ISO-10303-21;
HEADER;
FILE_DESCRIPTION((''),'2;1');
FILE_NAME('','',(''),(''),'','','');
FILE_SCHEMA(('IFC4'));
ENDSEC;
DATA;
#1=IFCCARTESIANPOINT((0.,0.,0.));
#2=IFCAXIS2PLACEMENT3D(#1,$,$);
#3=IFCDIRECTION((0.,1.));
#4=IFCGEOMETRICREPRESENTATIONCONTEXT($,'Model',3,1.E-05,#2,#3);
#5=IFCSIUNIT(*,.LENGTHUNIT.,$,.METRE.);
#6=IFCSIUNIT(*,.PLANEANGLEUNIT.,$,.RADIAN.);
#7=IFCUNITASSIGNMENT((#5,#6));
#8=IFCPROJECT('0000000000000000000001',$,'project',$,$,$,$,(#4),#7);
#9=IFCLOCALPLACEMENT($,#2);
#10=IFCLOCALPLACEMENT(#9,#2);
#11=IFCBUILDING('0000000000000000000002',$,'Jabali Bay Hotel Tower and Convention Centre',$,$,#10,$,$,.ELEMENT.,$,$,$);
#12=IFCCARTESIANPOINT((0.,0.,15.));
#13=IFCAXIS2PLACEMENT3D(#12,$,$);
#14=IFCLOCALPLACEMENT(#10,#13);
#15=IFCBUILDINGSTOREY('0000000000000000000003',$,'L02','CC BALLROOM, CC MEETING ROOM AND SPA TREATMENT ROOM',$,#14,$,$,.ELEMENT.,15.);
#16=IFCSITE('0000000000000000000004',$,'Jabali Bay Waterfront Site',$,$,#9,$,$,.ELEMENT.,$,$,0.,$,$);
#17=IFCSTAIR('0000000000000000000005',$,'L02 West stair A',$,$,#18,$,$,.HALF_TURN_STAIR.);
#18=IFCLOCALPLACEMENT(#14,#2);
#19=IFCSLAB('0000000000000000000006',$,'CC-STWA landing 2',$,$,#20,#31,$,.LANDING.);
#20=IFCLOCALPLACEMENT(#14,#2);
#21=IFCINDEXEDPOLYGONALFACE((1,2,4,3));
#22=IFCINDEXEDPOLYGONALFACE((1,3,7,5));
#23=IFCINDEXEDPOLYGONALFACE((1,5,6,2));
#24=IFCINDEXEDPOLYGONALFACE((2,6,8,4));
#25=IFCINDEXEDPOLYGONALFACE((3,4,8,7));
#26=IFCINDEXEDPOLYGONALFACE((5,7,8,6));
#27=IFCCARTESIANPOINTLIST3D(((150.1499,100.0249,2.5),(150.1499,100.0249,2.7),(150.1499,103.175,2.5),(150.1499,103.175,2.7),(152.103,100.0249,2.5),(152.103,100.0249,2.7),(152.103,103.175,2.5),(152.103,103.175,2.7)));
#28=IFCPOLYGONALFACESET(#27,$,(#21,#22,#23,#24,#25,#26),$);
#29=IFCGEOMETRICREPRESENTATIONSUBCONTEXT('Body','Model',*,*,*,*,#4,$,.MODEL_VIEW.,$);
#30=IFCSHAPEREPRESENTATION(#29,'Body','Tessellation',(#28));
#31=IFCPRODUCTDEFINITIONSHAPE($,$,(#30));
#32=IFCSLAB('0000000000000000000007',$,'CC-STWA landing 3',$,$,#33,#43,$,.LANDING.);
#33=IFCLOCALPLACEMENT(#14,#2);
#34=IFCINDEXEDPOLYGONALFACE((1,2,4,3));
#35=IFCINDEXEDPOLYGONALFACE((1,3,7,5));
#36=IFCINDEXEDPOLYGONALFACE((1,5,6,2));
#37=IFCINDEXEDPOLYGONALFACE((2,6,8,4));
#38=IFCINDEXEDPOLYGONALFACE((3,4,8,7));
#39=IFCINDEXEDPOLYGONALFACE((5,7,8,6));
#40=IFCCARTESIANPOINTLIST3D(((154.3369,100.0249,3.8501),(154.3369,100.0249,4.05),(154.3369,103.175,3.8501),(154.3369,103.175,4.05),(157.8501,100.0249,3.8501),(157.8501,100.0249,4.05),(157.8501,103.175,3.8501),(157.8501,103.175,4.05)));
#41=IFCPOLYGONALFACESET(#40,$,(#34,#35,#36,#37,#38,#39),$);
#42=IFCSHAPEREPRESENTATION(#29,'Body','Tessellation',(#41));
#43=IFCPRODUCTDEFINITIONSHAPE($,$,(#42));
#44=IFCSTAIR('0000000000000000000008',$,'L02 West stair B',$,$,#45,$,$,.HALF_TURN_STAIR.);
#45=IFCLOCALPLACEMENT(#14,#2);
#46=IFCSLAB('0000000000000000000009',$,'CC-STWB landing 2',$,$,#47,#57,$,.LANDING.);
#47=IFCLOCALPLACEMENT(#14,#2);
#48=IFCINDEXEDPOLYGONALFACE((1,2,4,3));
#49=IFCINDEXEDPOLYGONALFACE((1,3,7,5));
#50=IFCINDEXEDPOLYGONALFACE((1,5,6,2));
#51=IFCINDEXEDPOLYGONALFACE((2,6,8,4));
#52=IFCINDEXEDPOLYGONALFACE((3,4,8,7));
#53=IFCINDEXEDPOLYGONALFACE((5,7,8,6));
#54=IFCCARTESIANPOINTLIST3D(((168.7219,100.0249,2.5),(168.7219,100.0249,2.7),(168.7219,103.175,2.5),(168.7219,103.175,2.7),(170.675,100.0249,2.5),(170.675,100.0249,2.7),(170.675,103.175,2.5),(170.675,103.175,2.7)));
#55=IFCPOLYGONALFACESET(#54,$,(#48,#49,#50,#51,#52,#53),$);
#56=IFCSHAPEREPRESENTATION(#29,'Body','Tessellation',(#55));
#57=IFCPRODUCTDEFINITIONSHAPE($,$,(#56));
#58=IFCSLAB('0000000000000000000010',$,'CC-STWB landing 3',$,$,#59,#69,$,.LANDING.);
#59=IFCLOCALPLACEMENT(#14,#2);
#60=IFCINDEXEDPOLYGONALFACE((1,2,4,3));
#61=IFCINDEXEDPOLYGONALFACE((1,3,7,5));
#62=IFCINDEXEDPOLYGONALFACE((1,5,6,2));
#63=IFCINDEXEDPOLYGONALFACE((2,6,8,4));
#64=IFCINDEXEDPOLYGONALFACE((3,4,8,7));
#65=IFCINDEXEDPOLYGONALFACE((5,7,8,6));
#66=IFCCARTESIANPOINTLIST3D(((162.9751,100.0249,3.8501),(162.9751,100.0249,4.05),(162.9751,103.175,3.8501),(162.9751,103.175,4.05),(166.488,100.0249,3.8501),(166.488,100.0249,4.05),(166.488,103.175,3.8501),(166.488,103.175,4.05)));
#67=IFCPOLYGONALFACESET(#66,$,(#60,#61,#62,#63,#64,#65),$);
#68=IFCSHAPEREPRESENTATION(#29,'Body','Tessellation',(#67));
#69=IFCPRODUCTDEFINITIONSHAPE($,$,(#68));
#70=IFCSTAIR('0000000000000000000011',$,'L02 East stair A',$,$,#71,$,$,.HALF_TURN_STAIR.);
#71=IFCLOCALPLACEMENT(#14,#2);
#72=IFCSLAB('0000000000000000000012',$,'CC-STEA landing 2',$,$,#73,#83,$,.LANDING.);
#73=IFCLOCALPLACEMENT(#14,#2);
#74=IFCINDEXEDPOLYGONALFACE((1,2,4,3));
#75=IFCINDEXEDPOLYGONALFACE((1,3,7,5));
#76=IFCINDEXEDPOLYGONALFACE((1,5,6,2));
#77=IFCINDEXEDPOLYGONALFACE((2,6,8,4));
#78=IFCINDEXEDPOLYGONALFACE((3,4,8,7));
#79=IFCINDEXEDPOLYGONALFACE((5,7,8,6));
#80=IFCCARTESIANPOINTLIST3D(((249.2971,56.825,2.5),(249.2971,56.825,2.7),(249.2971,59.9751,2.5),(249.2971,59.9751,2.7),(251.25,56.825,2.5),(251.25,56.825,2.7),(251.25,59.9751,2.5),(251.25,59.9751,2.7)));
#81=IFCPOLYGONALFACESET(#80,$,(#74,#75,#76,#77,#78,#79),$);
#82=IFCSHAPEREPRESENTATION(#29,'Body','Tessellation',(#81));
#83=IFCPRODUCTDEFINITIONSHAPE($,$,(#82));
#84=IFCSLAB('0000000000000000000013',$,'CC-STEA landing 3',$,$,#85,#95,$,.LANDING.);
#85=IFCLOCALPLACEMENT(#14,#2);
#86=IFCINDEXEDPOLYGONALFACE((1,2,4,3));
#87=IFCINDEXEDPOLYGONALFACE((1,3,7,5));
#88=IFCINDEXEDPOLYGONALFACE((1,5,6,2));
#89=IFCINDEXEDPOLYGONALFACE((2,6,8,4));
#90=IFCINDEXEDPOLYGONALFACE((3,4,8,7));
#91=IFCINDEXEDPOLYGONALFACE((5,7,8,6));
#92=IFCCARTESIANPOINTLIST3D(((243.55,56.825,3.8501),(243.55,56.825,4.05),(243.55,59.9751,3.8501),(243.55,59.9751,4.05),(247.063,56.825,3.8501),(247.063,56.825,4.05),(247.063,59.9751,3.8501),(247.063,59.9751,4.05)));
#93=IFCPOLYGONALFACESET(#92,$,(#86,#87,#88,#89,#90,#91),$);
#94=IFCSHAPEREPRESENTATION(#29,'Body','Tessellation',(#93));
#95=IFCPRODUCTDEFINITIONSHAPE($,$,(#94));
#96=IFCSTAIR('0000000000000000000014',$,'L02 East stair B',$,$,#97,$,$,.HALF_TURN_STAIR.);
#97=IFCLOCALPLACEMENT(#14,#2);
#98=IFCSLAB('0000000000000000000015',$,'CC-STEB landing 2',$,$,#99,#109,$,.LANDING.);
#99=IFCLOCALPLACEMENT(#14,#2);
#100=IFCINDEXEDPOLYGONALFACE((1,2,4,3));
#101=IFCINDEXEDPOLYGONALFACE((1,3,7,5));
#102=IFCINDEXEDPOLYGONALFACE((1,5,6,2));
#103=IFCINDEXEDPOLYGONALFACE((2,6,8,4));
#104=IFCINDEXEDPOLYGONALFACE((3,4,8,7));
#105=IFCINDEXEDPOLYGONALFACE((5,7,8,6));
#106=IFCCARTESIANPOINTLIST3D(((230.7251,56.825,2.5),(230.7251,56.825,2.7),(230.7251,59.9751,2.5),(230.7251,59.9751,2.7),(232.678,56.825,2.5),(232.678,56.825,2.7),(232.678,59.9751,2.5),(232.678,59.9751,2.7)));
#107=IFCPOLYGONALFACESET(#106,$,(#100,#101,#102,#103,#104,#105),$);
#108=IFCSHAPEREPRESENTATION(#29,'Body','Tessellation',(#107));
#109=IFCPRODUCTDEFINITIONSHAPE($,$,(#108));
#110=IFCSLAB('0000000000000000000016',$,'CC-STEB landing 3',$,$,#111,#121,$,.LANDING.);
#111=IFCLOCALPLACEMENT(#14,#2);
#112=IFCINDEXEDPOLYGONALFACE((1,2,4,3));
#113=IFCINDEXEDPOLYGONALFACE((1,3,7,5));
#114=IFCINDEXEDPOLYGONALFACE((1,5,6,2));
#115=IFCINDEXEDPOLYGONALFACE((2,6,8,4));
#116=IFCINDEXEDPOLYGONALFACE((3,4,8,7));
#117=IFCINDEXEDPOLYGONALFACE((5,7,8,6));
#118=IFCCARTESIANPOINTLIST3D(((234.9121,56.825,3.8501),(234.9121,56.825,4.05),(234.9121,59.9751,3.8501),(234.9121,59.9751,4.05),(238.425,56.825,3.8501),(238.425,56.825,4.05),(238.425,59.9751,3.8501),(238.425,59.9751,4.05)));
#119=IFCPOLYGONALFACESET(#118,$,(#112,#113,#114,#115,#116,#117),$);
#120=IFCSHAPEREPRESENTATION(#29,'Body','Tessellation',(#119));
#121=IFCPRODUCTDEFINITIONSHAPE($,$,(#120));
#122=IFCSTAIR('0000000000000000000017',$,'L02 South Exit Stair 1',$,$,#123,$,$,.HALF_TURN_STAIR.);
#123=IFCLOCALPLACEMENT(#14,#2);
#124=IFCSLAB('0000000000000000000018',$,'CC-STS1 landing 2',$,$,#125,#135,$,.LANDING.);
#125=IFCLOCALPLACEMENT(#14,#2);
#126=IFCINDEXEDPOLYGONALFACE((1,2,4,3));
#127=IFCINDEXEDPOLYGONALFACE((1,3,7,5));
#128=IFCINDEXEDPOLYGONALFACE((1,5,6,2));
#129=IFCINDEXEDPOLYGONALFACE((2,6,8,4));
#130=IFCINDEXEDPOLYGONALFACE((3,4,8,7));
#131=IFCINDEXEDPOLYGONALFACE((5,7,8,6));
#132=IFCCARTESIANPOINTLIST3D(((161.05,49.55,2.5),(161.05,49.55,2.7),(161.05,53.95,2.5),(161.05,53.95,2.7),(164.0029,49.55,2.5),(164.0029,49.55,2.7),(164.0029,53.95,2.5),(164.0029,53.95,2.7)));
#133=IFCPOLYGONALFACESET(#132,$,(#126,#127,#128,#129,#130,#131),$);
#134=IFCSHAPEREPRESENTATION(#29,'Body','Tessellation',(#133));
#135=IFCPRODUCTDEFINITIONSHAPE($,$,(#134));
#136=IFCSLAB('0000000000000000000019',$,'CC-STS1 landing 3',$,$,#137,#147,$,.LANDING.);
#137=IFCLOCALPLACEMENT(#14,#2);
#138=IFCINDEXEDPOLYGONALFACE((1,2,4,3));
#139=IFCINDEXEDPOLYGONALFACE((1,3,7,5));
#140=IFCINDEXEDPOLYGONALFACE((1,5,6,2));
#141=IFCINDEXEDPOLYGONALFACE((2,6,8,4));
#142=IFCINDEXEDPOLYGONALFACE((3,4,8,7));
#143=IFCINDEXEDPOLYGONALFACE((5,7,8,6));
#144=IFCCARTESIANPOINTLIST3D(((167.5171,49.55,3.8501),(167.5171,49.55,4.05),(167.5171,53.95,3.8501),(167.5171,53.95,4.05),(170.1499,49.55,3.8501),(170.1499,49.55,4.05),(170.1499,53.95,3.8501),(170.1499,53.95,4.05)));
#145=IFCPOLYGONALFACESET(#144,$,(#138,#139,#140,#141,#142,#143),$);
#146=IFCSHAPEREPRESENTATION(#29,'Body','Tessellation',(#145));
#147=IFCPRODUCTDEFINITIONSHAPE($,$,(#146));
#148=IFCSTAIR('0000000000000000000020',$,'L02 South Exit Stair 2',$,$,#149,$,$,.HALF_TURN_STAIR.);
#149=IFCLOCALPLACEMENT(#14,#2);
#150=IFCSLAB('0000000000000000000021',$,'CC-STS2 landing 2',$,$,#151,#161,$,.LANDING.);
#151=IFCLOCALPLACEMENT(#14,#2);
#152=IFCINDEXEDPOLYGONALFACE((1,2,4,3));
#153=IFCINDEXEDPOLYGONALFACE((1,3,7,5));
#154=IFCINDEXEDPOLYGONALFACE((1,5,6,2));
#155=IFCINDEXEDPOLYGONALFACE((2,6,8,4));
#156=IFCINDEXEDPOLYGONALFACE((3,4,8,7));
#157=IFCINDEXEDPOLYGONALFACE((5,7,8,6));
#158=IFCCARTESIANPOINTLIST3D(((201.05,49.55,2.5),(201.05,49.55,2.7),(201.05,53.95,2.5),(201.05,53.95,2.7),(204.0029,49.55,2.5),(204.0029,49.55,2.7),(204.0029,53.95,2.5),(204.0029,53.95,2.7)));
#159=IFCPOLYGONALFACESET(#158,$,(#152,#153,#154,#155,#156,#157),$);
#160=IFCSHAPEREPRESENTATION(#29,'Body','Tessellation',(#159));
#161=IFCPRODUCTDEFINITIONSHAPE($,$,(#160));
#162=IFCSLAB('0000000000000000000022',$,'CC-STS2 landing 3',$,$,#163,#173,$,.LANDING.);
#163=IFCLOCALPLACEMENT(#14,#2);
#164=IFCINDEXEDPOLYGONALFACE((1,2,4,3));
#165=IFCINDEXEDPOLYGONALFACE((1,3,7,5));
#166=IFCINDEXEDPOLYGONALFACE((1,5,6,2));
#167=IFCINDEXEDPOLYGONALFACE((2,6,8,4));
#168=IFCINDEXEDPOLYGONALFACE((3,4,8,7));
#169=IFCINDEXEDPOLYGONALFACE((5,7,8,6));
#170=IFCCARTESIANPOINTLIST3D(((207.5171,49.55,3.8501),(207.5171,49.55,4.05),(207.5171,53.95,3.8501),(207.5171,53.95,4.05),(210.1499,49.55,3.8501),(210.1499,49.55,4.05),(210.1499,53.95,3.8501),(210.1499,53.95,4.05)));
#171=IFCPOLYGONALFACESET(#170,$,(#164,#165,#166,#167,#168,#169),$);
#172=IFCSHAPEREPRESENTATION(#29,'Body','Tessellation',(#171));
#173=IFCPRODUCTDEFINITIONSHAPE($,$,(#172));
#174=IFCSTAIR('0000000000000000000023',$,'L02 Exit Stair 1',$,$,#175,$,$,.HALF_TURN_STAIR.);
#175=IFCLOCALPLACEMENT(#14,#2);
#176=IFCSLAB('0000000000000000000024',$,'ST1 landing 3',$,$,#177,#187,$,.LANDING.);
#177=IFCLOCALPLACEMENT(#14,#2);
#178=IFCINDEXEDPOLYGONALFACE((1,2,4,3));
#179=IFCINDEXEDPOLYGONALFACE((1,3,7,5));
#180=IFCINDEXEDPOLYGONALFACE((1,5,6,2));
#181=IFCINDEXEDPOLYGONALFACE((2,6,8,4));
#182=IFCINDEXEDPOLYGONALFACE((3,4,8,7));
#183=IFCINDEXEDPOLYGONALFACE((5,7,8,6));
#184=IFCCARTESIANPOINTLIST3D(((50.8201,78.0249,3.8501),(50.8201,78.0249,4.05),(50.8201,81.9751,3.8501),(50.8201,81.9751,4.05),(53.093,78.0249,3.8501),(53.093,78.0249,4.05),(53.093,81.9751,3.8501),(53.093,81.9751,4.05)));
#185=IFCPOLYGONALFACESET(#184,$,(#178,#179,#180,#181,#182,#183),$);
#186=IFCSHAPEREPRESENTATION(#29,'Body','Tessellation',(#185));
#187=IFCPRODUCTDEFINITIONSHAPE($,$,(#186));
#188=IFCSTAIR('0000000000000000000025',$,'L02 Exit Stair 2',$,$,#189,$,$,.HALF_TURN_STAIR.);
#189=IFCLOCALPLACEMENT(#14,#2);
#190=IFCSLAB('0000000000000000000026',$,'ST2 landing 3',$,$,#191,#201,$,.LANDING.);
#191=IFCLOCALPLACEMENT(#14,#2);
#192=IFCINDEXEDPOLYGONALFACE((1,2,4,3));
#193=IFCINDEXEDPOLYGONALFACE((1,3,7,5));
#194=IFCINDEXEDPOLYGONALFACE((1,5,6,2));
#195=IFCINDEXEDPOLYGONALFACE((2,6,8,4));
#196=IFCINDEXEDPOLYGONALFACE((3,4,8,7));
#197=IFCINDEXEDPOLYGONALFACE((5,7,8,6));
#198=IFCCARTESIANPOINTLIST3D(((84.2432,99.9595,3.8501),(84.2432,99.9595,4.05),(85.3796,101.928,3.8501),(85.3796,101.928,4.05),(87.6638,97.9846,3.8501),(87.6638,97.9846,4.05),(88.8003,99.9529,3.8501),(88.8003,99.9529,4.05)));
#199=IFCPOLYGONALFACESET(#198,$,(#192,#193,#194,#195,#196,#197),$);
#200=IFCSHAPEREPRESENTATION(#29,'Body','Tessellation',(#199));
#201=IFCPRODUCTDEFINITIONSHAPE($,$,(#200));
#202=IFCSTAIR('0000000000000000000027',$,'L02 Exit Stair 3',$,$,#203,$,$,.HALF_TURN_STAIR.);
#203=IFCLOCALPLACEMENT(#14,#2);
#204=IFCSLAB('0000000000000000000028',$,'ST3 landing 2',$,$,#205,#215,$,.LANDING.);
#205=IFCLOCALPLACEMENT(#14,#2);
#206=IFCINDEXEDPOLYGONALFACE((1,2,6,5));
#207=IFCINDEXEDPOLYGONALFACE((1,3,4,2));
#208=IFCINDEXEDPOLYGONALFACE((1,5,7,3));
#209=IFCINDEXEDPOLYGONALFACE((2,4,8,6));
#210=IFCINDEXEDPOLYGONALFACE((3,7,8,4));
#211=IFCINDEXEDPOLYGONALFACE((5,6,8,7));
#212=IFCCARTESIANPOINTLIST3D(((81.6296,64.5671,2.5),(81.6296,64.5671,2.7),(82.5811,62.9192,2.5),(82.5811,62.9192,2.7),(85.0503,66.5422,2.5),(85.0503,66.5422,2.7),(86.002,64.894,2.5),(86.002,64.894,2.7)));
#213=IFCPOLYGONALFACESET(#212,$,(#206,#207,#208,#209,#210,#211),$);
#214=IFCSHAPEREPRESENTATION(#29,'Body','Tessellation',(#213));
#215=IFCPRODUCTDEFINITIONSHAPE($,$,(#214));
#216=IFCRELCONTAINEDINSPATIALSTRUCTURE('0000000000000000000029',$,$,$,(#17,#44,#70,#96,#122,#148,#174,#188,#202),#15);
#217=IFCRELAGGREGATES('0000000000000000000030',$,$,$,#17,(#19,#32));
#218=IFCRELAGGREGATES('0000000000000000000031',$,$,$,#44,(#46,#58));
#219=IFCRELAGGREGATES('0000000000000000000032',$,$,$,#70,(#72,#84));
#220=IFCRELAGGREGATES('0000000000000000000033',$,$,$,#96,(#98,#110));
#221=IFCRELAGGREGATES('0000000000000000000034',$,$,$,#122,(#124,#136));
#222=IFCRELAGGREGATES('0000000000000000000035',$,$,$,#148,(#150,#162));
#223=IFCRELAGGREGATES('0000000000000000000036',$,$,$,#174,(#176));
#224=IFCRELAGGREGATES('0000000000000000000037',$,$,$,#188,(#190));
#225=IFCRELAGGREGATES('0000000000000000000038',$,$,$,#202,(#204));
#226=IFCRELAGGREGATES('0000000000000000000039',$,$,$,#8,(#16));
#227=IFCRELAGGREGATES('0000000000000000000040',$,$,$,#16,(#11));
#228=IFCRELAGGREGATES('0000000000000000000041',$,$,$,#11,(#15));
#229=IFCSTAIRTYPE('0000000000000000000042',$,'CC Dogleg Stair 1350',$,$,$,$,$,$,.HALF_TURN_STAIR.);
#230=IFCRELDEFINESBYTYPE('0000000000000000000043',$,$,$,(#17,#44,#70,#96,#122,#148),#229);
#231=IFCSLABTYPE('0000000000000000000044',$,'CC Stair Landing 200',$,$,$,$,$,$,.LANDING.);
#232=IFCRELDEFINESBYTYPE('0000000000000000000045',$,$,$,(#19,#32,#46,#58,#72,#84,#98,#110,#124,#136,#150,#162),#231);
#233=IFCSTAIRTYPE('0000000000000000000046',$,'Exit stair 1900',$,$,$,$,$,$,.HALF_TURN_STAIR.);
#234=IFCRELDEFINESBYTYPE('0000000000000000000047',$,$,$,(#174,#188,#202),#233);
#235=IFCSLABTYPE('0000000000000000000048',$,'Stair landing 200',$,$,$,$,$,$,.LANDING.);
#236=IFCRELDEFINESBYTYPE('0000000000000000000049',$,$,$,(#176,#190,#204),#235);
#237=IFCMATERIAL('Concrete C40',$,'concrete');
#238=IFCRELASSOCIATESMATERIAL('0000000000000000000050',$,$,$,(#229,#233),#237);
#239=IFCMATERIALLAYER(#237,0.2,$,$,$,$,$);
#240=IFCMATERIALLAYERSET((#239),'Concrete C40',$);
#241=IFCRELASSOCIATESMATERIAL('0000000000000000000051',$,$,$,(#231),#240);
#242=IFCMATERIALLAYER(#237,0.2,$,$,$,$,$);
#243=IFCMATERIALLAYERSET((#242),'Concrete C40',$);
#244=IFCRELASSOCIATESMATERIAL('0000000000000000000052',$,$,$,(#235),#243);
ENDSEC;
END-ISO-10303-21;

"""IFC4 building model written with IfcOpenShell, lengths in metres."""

from ifc_helpers import new_model, si_unit, direction, frame, origin, place, context, subcontext, project, spatial, polyline, outline, extrude, material, layer, layer_set, type_object, element, aggregate, save


model = new_model("IFC4")

# Units and contexts
model_context = context("Model", 3, precision=1e-05, world=origin(), true_north=direction((0.0, 1.0)))
body_context = subcontext(model_context, "Body", "Model", "MODEL_VIEW")
ifc_project = project(units=[si_unit("LENGTHUNIT", "METRE"), si_unit("PLANEANGLEUNIT", "RADIAN")], contexts=[model_context])

# Site, building, storey
site_placement = place(None, origin())
site = spatial("IfcSite", under=ifc_project, at=site_placement, Name="Jabali Bay Waterfront Site", CompositionType="ELEMENT", RefElevation=0.0)
building_placement = place(site_placement, origin())
building = spatial("IfcBuilding", under=site, at=building_placement, Name="Jabali Bay Hotel Tower and Convention Centre", CompositionType="ELEMENT")
storey_placement = place(building_placement, frame((0.0, 0.0, 15.0)))
storey = spatial("IfcBuildingStorey", under=building, at=storey_placement, Name="L02", Description="CC BALLROOM, CC MEETING ROOM AND SPA TREATMENT ROOM", CompositionType="ELEMENT", Elevation=15.0)

# Stairs, slabs
ifc_material = material(Name="Concrete C40", Category="concrete")
stair_type_1 = type_object("IfcStairType", Name="CC Dogleg Stair 1350", PredefinedType="HALF_TURN_STAIR", material=ifc_material)
stair_1_placement = place(storey_placement, origin())
stair_1 = element("IfcStair", 1, at=stair_1_placement, inside=storey, type_object=stair_type_1, Name="L02 West stair A", PredefinedType="HALF_TURN_STAIR")
ifc_layer_1 = layer(ifc_material, 0.2)
ifc_layer_set_1 = layer_set([ifc_layer_1], Name="Concrete C40")
slab_type_1 = type_object("IfcSlabType", Name="CC Stair Landing 200", PredefinedType="LANDING", material=ifc_layer_set_1)
slab_1_placement = place(storey_placement, frame((0.0, 0.0, 2.5)))
slab_1 = element("IfcSlab", 2, at=slab_1_placement, type_object=slab_type_1, Name="CC-STWA landing 2", PredefinedType="LANDING", context=body_context, shape_type="SweptSolid", body=[
    extrude(outline(polyline([(150.1499, 100.0249), (152.103, 100.0249), (152.103, 103.175), (150.1499, 103.175), (150.1499, 100.0249)])), origin(), (0.0, 0.0, 1.0), 0.2),
])
slab_2_placement = place(storey_placement, frame((0.0, 0.0, 3.8501)))
slab_2 = element("IfcSlab", 3, at=slab_2_placement, type_object=slab_type_1, Name="CC-STWA landing 3", PredefinedType="LANDING", context=body_context, shape_type="SweptSolid", body=[
    extrude(outline(polyline([(154.3369, 100.0249), (157.8501, 100.0249), (157.8501, 103.175), (154.3369, 103.175), (154.3369, 100.0249)])), origin(), (0.0, 0.0, 1.0), 0.2),
])
aggregate(stair_1, [slab_1, slab_2])
stair_2_placement = place(storey_placement, origin())
stair_2 = element("IfcStair", 4, at=stair_2_placement, inside=storey, type_object=stair_type_1, Name="L02 West stair B", PredefinedType="HALF_TURN_STAIR")
slab_3_placement = place(storey_placement, frame((0.0, 0.0, 2.5)))
slab_3 = element("IfcSlab", 5, at=slab_3_placement, type_object=slab_type_1, Name="CC-STWB landing 2", PredefinedType="LANDING", context=body_context, shape_type="SweptSolid", body=[
    extrude(outline(polyline([(168.7219, 100.0249), (170.675, 100.0249), (170.675, 103.175), (168.7219, 103.175), (168.7219, 100.0249)])), origin(), (0.0, 0.0, 1.0), 0.2),
])
slab_4_placement = place(storey_placement, frame((0.0, 0.0, 3.8501)))
slab_4 = element("IfcSlab", 6, at=slab_4_placement, type_object=slab_type_1, Name="CC-STWB landing 3", PredefinedType="LANDING", context=body_context, shape_type="SweptSolid", body=[
    extrude(outline(polyline([(162.9751, 100.0249), (166.488, 100.0249), (166.488, 103.175), (162.9751, 103.175), (162.9751, 100.0249)])), origin(), (0.0, 0.0, 1.0), 0.2),
])
aggregate(stair_2, [slab_3, slab_4])
stair_3_placement = place(storey_placement, origin())
stair_3 = element("IfcStair", 7, at=stair_3_placement, inside=storey, type_object=stair_type_1, Name="L02 East stair A", PredefinedType="HALF_TURN_STAIR")
slab_5_placement = place(storey_placement, frame((0.0, 0.0, 2.5)))
slab_5 = element("IfcSlab", 8, at=slab_5_placement, type_object=slab_type_1, Name="CC-STEA landing 2", PredefinedType="LANDING", context=body_context, shape_type="SweptSolid", body=[
    extrude(outline(polyline([(249.2971, 56.825), (251.25, 56.825), (251.25, 59.9751), (249.2971, 59.9751), (249.2971, 56.825)])), origin(), (0.0, 0.0, 1.0), 0.2),
])
slab_6_placement = place(storey_placement, frame((0.0, 0.0, 3.8501)))
slab_6 = element("IfcSlab", 9, at=slab_6_placement, type_object=slab_type_1, Name="CC-STEA landing 3", PredefinedType="LANDING", context=body_context, shape_type="SweptSolid", body=[
    extrude(outline(polyline([(243.55, 56.825), (247.063, 56.825), (247.063, 59.9751), (243.55, 59.9751), (243.55, 56.825)])), origin(), (0.0, 0.0, 1.0), 0.2),
])
aggregate(stair_3, [slab_5, slab_6])
stair_4_placement = place(storey_placement, origin())
stair_4 = element("IfcStair", 10, at=stair_4_placement, inside=storey, type_object=stair_type_1, Name="L02 East stair B", PredefinedType="HALF_TURN_STAIR")
slab_7_placement = place(storey_placement, frame((0.0, 0.0, 2.5)))
slab_7 = element("IfcSlab", 11, at=slab_7_placement, type_object=slab_type_1, Name="CC-STEB landing 2", PredefinedType="LANDING", context=body_context, shape_type="SweptSolid", body=[
    extrude(outline(polyline([(230.7251, 56.825), (232.678, 56.825), (232.678, 59.9751), (230.7251, 59.9751), (230.7251, 56.825)])), origin(), (0.0, 0.0, 1.0), 0.2),
])
slab_8_placement = place(storey_placement, frame((0.0, 0.0, 3.8501)))
slab_8 = element("IfcSlab", 12, at=slab_8_placement, type_object=slab_type_1, Name="CC-STEB landing 3", PredefinedType="LANDING", context=body_context, shape_type="SweptSolid", body=[
    extrude(outline(polyline([(234.9121, 56.825), (238.425, 56.825), (238.425, 59.9751), (234.9121, 59.9751), (234.9121, 56.825)])), origin(), (0.0, 0.0, 1.0), 0.2),
])
aggregate(stair_4, [slab_7, slab_8])
stair_5_placement = place(storey_placement, origin())
stair_5 = element("IfcStair", 13, at=stair_5_placement, inside=storey, type_object=stair_type_1, Name="L02 South Exit Stair 1", PredefinedType="HALF_TURN_STAIR")
slab_9_placement = place(storey_placement, frame((0.0, 0.0, 2.5)))
slab_9 = element("IfcSlab", 14, at=slab_9_placement, type_object=slab_type_1, Name="CC-STS1 landing 2", PredefinedType="LANDING", context=body_context, shape_type="SweptSolid", body=[
    extrude(outline(polyline([(161.05, 49.55), (164.0029, 49.55), (164.0029, 53.95), (161.05, 53.95), (161.05, 49.55)])), origin(), (0.0, 0.0, 1.0), 0.2),
])
slab_10_placement = place(storey_placement, frame((0.0, 0.0, 3.8501)))
slab_10 = element("IfcSlab", 15, at=slab_10_placement, type_object=slab_type_1, Name="CC-STS1 landing 3", PredefinedType="LANDING", context=body_context, shape_type="SweptSolid", body=[
    extrude(outline(polyline([(167.5171, 49.55), (170.1499, 49.55), (170.1499, 53.95), (167.5171, 53.95), (167.5171, 49.55)])), origin(), (0.0, 0.0, 1.0), 0.2),
])
aggregate(stair_5, [slab_9, slab_10])
stair_6_placement = place(storey_placement, origin())
stair_6 = element("IfcStair", 16, at=stair_6_placement, inside=storey, type_object=stair_type_1, Name="L02 South Exit Stair 2", PredefinedType="HALF_TURN_STAIR")
slab_11_placement = place(storey_placement, frame((0.0, 0.0, 2.5)))
slab_11 = element("IfcSlab", 17, at=slab_11_placement, type_object=slab_type_1, Name="CC-STS2 landing 2", PredefinedType="LANDING", context=body_context, shape_type="SweptSolid", body=[
    extrude(outline(polyline([(201.05, 49.55), (204.0029, 49.55), (204.0029, 53.95), (201.05, 53.95), (201.05, 49.55)])), origin(), (0.0, 0.0, 1.0), 0.2),
])
slab_12_placement = place(storey_placement, frame((0.0, 0.0, 3.8501)))
slab_12 = element("IfcSlab", 18, at=slab_12_placement, type_object=slab_type_1, Name="CC-STS2 landing 3", PredefinedType="LANDING", context=body_context, shape_type="SweptSolid", body=[
    extrude(outline(polyline([(207.5171, 49.55), (210.1499, 49.55), (210.1499, 53.95), (207.5171, 53.95), (207.5171, 49.55)])), origin(), (0.0, 0.0, 1.0), 0.2),
])
aggregate(stair_6, [slab_11, slab_12])

# Stairs, slabs
stair_type_2 = type_object("IfcStairType", Name="Exit stair 1900", PredefinedType="HALF_TURN_STAIR", material=ifc_material)
stair_7_placement = place(storey_placement, origin())
stair_7 = element("IfcStair", 19, at=stair_7_placement, inside=storey, type_object=stair_type_2, Name="L02 Exit Stair 1", PredefinedType="HALF_TURN_STAIR")
ifc_layer_2 = layer(ifc_material, 0.2)
ifc_layer_set_2 = layer_set([ifc_layer_2], Name="Concrete C40")
slab_type_2 = type_object("IfcSlabType", Name="Stair landing 200", PredefinedType="LANDING", material=ifc_layer_set_2)
slab_13_placement = place(storey_placement, frame((0.0, 0.0, 3.8501)))
slab_13 = element("IfcSlab", 20, at=slab_13_placement, type_object=slab_type_2, Name="ST1 landing 3", PredefinedType="LANDING", context=body_context, shape_type="SweptSolid", body=[
    extrude(outline(polyline([(53.093, 81.9751), (50.8201, 81.9751), (50.8201, 78.0249), (53.093, 78.0249), (53.093, 81.9751)])), origin(), (0.0, 0.0, 1.0), 0.2),
])
aggregate(stair_7, [slab_13])
stair_8_placement = place(storey_placement, origin())
stair_8 = element("IfcStair", 21, at=stair_8_placement, inside=storey, type_object=stair_type_2, Name="L02 Exit Stair 2", PredefinedType="HALF_TURN_STAIR")
slab_14_placement = place(storey_placement, frame((0.0, 0.0, 3.8501)))
slab_14 = element("IfcSlab", 22, at=slab_14_placement, type_object=slab_type_2, Name="ST2 landing 3", PredefinedType="LANDING", context=body_context, shape_type="SweptSolid", body=[
    extrude(outline(polyline([(87.6638, 97.9846), (88.8003, 99.9529), (85.3796, 101.928), (84.2432, 99.9595), (87.6638, 97.9846)])), origin(), (0.0, 0.0, 1.0), 0.2),
])
aggregate(stair_8, [slab_14])

# Stair, slab
stair_9_placement = place(storey_placement, origin())
stair_9 = element("IfcStair", 23, at=stair_9_placement, inside=storey, type_object=stair_type_2, Name="L02 Exit Stair 3", PredefinedType="HALF_TURN_STAIR")
slab_15_placement = place(storey_placement, frame((0.0, 0.0, 2.5)))
slab_15 = element("IfcSlab", 24, at=slab_15_placement, type_object=slab_type_2, Name="ST3 landing 2", PredefinedType="LANDING", context=body_context, shape_type="SweptSolid", body=[
    extrude(outline(polyline([(81.6296, 64.5671), (82.5811, 62.9192), (86.002, 64.894), (85.0503, 66.5422), (81.6296, 64.5671)])), origin(), (0.0, 0.0, 1.0), 0.2),
])
aggregate(stair_9, [slab_15])

save(model, "model.ifc")
